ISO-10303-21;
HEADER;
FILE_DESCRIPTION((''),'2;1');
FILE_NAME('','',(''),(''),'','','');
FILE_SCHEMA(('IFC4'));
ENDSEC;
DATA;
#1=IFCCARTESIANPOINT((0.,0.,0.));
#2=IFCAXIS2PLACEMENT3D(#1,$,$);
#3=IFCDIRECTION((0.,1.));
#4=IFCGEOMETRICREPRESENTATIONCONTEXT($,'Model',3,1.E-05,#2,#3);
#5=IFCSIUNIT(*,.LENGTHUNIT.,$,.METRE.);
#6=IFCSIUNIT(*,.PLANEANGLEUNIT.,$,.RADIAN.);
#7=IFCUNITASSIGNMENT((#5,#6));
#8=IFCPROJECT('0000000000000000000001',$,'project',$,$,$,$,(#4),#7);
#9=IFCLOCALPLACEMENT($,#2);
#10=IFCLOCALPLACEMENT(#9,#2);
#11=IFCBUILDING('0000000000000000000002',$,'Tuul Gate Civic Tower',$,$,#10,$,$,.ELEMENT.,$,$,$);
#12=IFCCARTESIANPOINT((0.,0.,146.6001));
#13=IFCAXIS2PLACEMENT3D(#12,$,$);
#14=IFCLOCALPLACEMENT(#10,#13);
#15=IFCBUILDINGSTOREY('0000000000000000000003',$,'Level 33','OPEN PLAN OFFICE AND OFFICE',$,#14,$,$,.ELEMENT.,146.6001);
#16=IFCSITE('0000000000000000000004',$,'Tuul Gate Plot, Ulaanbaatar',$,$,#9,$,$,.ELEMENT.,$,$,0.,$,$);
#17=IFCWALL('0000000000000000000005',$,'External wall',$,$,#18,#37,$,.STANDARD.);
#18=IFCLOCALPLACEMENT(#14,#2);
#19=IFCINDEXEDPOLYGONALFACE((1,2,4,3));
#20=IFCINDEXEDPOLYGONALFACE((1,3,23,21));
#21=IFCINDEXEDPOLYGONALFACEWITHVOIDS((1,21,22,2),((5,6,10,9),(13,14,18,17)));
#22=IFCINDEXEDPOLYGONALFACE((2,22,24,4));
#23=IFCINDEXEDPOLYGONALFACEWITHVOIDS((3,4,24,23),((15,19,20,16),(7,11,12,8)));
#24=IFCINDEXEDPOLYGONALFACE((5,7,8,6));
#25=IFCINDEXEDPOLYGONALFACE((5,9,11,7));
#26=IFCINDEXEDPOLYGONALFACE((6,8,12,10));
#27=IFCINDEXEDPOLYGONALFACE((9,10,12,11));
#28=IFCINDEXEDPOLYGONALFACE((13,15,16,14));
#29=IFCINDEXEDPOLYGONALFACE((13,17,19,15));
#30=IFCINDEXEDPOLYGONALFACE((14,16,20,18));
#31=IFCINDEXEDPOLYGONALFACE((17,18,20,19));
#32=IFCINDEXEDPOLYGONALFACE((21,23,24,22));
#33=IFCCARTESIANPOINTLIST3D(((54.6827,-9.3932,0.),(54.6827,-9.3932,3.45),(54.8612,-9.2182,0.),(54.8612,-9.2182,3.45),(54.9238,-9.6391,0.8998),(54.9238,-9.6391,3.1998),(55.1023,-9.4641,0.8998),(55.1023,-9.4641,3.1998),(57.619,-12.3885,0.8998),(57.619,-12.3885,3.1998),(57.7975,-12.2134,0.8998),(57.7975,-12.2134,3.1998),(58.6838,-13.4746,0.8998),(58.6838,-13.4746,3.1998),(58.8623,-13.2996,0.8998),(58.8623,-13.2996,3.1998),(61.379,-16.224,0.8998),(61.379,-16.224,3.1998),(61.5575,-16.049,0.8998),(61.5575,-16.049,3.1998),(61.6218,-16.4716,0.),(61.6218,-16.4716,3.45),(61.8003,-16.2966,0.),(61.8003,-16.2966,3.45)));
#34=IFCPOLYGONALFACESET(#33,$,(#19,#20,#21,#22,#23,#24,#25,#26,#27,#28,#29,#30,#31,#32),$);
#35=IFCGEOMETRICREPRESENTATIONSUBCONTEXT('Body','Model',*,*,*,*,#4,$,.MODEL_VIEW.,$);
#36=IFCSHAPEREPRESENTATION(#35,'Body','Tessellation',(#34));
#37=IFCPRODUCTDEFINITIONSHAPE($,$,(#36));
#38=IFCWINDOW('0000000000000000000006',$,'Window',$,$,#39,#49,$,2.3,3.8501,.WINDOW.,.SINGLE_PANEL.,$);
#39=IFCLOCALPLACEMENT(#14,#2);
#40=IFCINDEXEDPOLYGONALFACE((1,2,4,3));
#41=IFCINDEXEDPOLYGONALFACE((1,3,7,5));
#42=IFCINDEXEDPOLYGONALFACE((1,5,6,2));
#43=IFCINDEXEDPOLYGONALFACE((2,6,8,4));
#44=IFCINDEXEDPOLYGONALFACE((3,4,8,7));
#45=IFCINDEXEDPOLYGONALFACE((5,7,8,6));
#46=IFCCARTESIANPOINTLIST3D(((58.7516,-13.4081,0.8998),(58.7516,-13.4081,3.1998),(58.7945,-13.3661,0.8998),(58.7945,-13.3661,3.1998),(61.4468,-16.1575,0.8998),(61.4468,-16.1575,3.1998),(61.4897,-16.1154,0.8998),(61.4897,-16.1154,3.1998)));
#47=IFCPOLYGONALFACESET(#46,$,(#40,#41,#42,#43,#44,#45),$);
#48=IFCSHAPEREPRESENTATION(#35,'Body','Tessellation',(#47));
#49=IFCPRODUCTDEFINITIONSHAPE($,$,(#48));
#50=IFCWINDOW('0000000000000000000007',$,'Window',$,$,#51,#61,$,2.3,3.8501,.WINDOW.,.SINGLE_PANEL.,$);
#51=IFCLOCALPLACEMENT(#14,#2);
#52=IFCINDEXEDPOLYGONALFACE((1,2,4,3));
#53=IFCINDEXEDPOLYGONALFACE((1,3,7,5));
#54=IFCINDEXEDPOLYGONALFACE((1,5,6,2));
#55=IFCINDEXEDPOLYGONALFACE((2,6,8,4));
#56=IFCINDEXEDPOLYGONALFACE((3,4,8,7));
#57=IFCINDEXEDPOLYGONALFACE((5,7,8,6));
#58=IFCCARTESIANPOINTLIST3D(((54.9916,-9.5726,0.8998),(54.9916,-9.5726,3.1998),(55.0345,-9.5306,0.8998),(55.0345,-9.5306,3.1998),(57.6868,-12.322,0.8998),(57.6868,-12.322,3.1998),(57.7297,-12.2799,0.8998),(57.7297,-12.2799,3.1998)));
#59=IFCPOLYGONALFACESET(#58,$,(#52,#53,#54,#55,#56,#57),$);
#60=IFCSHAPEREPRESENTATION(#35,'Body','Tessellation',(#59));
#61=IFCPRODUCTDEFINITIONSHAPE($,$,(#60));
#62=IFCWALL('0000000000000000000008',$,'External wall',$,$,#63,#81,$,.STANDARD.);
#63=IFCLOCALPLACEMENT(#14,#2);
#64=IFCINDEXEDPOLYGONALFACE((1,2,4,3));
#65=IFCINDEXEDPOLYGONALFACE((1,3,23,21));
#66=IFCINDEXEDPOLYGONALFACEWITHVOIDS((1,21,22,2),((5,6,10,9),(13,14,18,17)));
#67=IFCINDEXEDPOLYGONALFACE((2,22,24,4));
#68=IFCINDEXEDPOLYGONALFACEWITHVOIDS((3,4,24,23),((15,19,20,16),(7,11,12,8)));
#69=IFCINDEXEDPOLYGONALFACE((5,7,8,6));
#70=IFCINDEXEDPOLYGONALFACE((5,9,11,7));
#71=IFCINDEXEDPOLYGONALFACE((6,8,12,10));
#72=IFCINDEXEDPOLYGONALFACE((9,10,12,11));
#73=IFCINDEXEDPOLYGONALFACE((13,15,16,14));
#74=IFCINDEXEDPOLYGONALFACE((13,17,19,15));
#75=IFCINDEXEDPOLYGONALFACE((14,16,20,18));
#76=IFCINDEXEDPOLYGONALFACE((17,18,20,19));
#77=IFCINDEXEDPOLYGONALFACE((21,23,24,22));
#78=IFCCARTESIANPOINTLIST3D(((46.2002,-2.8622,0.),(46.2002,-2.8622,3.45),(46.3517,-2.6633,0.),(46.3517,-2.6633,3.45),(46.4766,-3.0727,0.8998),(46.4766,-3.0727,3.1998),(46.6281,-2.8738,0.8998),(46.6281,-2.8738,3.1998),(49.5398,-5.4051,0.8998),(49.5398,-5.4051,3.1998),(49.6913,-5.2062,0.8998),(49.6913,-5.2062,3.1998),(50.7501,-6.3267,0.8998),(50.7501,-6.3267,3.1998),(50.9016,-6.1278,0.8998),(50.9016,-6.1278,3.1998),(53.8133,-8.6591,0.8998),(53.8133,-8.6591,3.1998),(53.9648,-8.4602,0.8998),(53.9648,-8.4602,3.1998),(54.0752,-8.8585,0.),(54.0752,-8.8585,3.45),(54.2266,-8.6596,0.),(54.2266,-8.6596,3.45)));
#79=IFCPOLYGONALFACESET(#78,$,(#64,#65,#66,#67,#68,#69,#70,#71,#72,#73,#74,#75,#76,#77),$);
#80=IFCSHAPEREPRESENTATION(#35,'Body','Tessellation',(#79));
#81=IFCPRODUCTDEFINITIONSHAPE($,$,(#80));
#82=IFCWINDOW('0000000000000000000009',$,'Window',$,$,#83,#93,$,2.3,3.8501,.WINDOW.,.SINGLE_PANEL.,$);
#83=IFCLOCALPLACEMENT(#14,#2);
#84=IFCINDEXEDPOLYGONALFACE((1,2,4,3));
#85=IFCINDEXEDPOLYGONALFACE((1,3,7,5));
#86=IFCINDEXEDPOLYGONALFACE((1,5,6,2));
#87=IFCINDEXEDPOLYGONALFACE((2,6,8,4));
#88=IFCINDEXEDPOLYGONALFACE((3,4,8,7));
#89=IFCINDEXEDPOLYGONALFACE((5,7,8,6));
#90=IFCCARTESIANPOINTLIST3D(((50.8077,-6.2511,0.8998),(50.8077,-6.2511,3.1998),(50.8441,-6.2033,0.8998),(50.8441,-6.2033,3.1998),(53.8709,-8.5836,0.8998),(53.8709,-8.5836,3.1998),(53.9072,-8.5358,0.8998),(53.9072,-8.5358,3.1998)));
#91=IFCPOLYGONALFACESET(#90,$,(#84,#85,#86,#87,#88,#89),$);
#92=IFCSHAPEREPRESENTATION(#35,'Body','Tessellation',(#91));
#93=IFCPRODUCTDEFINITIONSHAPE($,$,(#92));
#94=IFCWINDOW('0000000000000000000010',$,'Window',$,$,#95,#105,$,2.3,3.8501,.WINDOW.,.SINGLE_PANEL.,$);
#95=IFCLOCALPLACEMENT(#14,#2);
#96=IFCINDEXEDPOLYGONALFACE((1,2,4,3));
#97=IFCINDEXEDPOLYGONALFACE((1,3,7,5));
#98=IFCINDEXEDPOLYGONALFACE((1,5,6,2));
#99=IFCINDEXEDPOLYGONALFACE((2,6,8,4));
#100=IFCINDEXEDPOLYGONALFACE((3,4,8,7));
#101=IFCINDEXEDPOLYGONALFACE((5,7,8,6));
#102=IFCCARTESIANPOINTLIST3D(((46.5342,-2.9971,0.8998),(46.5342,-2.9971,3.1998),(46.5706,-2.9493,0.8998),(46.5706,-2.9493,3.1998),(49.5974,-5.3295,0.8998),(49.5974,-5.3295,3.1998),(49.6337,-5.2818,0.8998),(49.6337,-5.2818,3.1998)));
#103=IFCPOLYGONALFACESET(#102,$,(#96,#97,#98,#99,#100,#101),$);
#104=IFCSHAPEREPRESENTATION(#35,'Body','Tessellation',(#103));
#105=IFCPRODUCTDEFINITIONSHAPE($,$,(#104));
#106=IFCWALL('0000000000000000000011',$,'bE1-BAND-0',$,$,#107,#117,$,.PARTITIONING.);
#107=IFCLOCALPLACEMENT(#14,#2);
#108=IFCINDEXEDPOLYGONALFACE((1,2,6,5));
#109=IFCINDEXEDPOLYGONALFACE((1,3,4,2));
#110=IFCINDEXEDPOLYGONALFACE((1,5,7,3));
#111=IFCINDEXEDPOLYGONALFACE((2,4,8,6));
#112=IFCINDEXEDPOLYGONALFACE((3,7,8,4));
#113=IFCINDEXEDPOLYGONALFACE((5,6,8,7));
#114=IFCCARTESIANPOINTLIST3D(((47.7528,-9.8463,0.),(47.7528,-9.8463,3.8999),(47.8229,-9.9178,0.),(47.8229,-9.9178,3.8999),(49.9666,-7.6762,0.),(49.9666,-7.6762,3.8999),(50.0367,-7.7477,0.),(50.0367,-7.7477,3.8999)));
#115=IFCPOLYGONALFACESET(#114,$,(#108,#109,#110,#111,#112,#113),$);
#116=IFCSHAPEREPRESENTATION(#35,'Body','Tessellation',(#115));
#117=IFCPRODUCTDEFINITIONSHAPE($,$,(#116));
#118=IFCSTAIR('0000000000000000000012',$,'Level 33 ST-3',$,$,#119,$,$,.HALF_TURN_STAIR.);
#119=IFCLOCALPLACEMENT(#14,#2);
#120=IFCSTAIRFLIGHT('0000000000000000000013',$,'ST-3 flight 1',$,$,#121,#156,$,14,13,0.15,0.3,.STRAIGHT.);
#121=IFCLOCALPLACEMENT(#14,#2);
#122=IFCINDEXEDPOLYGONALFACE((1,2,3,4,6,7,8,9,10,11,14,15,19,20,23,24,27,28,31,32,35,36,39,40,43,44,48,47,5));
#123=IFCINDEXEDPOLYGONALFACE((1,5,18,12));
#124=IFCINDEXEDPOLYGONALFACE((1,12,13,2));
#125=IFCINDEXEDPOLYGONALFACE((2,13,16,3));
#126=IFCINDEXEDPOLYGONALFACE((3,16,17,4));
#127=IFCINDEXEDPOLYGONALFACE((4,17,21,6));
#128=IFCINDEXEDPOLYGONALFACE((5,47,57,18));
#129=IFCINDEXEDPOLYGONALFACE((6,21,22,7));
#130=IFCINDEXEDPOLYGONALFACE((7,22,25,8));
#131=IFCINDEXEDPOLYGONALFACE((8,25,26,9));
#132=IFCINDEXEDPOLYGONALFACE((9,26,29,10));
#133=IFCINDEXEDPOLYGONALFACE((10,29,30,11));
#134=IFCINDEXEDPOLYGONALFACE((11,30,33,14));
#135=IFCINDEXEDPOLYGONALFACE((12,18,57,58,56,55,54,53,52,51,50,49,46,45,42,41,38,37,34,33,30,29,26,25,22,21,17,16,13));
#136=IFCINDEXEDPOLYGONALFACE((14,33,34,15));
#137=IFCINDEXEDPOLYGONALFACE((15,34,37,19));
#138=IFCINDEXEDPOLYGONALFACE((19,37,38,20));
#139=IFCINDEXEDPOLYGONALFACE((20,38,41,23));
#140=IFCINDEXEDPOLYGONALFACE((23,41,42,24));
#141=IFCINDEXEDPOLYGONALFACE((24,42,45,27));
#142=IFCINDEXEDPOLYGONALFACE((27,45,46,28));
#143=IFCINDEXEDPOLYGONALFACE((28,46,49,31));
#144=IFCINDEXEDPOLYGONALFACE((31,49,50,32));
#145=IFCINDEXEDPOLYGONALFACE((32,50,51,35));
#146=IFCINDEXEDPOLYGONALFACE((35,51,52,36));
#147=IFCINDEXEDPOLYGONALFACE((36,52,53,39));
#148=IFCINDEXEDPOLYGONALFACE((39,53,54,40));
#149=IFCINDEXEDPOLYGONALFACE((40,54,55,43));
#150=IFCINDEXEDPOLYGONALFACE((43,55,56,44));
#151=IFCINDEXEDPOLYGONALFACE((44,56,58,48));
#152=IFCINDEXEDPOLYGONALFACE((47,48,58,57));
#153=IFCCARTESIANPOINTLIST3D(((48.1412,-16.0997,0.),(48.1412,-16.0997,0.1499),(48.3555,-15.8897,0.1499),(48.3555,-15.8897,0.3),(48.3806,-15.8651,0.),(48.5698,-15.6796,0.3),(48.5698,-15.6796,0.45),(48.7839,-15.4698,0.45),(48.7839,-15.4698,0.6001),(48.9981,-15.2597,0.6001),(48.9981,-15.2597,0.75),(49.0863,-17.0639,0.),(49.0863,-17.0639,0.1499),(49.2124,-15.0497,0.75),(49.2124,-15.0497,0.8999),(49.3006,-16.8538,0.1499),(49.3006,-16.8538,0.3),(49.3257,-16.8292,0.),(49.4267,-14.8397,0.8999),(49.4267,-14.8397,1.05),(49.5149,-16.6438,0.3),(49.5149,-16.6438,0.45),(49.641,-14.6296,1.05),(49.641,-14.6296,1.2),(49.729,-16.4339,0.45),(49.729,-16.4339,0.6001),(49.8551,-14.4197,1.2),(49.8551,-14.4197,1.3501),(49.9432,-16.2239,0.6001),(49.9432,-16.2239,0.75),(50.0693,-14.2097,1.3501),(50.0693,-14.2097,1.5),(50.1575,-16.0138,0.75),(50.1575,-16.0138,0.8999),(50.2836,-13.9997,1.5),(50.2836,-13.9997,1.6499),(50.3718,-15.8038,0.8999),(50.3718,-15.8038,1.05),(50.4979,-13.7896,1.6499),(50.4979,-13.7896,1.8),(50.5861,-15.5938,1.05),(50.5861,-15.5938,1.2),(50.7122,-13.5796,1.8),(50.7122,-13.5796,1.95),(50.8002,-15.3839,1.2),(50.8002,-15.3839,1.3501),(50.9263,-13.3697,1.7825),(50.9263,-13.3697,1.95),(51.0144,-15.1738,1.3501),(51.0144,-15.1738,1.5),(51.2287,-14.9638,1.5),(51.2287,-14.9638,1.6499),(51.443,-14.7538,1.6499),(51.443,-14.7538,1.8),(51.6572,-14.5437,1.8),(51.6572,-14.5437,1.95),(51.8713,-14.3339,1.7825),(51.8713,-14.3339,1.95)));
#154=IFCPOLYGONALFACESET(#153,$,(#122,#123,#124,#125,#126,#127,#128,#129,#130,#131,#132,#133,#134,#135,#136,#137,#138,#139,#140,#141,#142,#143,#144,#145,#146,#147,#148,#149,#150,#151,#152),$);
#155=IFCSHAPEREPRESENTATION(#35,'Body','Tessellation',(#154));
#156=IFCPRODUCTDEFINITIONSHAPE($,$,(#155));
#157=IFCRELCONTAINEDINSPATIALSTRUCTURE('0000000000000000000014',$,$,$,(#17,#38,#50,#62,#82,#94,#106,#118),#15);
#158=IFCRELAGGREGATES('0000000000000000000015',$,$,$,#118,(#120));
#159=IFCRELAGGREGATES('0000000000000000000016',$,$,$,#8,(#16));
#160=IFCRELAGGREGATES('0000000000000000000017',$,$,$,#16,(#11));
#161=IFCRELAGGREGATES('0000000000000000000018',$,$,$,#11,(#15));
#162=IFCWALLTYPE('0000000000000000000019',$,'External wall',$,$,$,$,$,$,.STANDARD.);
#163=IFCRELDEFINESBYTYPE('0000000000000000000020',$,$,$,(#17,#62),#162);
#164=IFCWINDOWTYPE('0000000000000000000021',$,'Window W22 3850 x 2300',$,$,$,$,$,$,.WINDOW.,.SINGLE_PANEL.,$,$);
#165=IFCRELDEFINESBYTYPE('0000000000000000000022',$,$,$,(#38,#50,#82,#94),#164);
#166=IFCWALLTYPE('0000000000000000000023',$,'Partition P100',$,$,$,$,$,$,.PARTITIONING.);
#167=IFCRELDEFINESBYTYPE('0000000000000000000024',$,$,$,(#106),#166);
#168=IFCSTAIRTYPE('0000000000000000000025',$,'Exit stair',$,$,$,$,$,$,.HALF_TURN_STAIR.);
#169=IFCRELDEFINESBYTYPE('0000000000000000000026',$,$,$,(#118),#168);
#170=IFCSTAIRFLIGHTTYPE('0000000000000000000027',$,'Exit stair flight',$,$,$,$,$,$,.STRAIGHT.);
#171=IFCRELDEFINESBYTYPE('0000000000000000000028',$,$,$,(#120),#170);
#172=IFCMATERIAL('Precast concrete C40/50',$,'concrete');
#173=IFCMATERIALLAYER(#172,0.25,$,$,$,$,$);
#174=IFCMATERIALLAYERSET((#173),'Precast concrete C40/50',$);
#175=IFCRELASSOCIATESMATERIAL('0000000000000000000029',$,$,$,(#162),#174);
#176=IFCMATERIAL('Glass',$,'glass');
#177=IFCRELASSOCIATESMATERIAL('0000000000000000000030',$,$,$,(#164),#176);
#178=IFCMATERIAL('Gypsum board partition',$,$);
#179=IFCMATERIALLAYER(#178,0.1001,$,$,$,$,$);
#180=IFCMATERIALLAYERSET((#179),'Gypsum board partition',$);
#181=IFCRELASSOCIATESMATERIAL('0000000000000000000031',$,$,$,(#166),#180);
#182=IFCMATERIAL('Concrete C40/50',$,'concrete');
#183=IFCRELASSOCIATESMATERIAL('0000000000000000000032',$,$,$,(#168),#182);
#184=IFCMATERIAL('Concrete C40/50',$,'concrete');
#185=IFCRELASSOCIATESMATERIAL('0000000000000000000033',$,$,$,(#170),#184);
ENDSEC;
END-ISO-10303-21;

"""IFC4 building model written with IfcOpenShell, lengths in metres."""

from ifc_helpers import new_model, si_unit, direction, frame, frame_2d, origin, place, context, subcontext, project, spatial, polyline, rectangle, outline, extrude, material, layer, layer_set, type_object, element, fill, aggregate, save


model = new_model("IFC4")

# Units and contexts
model_context = context("Model", 3, precision=1e-05, world=origin(), true_north=direction((0.0, 1.0)))
body_context = subcontext(model_context, "Body", "Model", "MODEL_VIEW")
ifc_project = project(units=[si_unit("LENGTHUNIT", "METRE"), si_unit("PLANEANGLEUNIT", "RADIAN")], contexts=[model_context])

# Site, building, storey
site_placement = place(None, origin())
site = spatial("IfcSite", under=ifc_project, at=site_placement, Name="Tuul Gate Plot, Ulaanbaatar", CompositionType="ELEMENT", RefElevation=0.0)
building_placement = place(site_placement, origin())
building = spatial("IfcBuilding", under=site, at=building_placement, Name="Tuul Gate Civic Tower", CompositionType="ELEMENT")
storey_placement = place(building_placement, frame((0.0, 0.0, 146.6001)))
storey = spatial("IfcBuildingStorey", under=building, at=storey_placement, Name="Level 33", Description="OPEN PLAN OFFICE AND OFFICE", CompositionType="ELEMENT", Elevation=146.6001)

# Walls, openings, windows
ifc_material_1 = material(Name="Precast concrete C40/50", Category="concrete")
ifc_layer_1 = layer(ifc_material_1, 0.25)
ifc_layer_set_1 = layer_set([ifc_layer_1], Name="Precast concrete C40/50")
wall_type_1 = type_object("IfcWallType", Name="External wall", PredefinedType="STANDARD", material=ifc_layer_set_1)
wall_1_placement = place(storey_placement, frame((61.7109, -16.384, 0.0), z_axis=(0.0, 0.0, 1.0), x_axis=(-0.70004, 0.714104, 0.0)))
wall_1 = element("IfcWall", 1, at=wall_1_placement, inside=storey, type_object=wall_type_1, Name="External wall", PredefinedType="STANDARD", context=body_context, shape_type="SweptSolid", body=[
    extrude(rectangle(XDim=9.9124, YDim=0.25, at=frame_2d((4.9561, 0.0))), origin(), (0.0, 0.0, 1.0), 3.45),
])
opening_1_placement = place(wall_1_placement, frame((0.3467, 0.0, 0.8999)))
opening_1 = element("IfcOpeningElement", 2, at=opening_1_placement, cuts=wall_1, PredefinedType="OPENING", context=body_context, shape_type="SweptSolid", body=[
    extrude(rectangle(XDim=3.8501, YDim=2.3, at=frame_2d((1.925, 1.1499))), frame((0.0, 0.135, 0.0), z_axis=(0.0, -1.0, 0.0), x_axis=(1.0, 0.0, 0.0)), (0.0, 0.0, 1.0), 0.27),
])
opening_2_placement = place(wall_1_placement, frame((5.7178, 0.0, 0.8999)))
opening_2 = element("IfcOpeningElement", 3, at=opening_2_placement, cuts=wall_1, PredefinedType="OPENING", context=body_context, shape_type="SweptSolid", body=[
    extrude(rectangle(XDim=3.8501, YDim=2.3, at=frame_2d((1.925, 1.1499))), frame((0.0, 0.135, 0.0), z_axis=(0.0, -1.0, 0.0), x_axis=(1.0, 0.0, 0.0)), (0.0, 0.0, 1.0), 0.27),
])
ifc_material_2 = material(Name="Glass", Category="glass")
window_type = type_object("IfcWindowType", Name="Window W22 3850 x 2300", PartitioningType="SINGLE_PANEL", PredefinedType="WINDOW", material=ifc_material_2)
window_1_placement = place(opening_1_placement, origin())
window_1 = element("IfcWindow", 4, at=window_1_placement, inside=storey, type_object=window_type, Name="Window", OverallHeight=2.3, OverallWidth=3.8501, PartitioningType="SINGLE_PANEL", PredefinedType="WINDOW", context=body_context, shape_type="SweptSolid", body=[
    extrude(rectangle(XDim=3.8501, YDim=2.3, at=frame_2d((1.925, 1.1499))), frame((0.0, 0.03, 0.0), z_axis=(0.0, -1.0, 0.0), x_axis=(1.0, 0.0, 0.0)), (0.0, 0.0, 1.0), 0.0601),
])
fill(opening_1, window_1)
window_2_placement = place(opening_2_placement, origin())
window_2 = element("IfcWindow", 5, at=window_2_placement, inside=storey, type_object=window_type, Name="Window", OverallHeight=2.3, OverallWidth=3.8501, PartitioningType="SINGLE_PANEL", PredefinedType="WINDOW", context=body_context, shape_type="SweptSolid", body=[
    extrude(rectangle(XDim=3.8501, YDim=2.3, at=frame_2d((1.925, 1.1499))), frame((0.0, 0.03, 0.0), z_axis=(0.0, -1.0, 0.0), x_axis=(1.0, 0.0, 0.0)), (0.0, 0.0, 1.0), 0.0601),
])
fill(opening_2, window_2)
wall_2_placement = place(storey_placement, frame((54.1509, -8.759, 0.0), z_axis=(0.0, 0.0, 1.0), x_axis=(-0.79561, 0.605809, 0.0)))
wall_2 = element("IfcWall", 6, at=wall_2_placement, inside=storey, type_object=wall_type_1, Name="External wall", PredefinedType="STANDARD", context=body_context, shape_type="SweptSolid", body=[
    extrude(rectangle(XDim=9.8979, YDim=0.25, at=frame_2d((4.949, 0.0))), origin(), (0.0, 0.0, 1.0), 3.45),
])
opening_3_placement = place(wall_2_placement, frame((0.3291, 0.0, 0.8999)))
opening_3 = element("IfcOpeningElement", 7, at=opening_3_placement, cuts=wall_2, PredefinedType="OPENING", context=body_context, shape_type="SweptSolid", body=[
    extrude(rectangle(XDim=3.8501, YDim=2.3, at=frame_2d((1.925, 1.1499))), frame((0.0, 0.135, 0.0), z_axis=(0.0, -1.0, 0.0), x_axis=(1.0, 0.0, 0.0)), (0.0, 0.0, 1.0), 0.27),
])
opening_4_placement = place(wall_2_placement, frame((5.7004, 0.0, 0.8999)))
opening_4 = element("IfcOpeningElement", 8, at=opening_4_placement, cuts=wall_2, PredefinedType="OPENING", context=body_context, shape_type="SweptSolid", body=[
    extrude(rectangle(XDim=3.8501, YDim=2.3, at=frame_2d((1.925, 1.1499))), frame((0.0, 0.135, 0.0), z_axis=(0.0, -1.0, 0.0), x_axis=(1.0, 0.0, 0.0)), (0.0, 0.0, 1.0), 0.27),
])
window_3_placement = place(opening_3_placement, origin())
window_3 = element("IfcWindow", 9, at=window_3_placement, inside=storey, type_object=window_type, Name="Window", OverallHeight=2.3, OverallWidth=3.8501, PartitioningType="SINGLE_PANEL", PredefinedType="WINDOW", context=body_context, shape_type="SweptSolid", body=[
    extrude(rectangle(XDim=3.8501, YDim=2.3, at=frame_2d((1.925, 1.1499))), frame((0.0, 0.03, 0.0), z_axis=(0.0, -1.0, 0.0), x_axis=(1.0, 0.0, 0.0)), (0.0, 0.0, 1.0), 0.0601),
])
fill(opening_3, window_3)
window_4_placement = place(opening_4_placement, origin())
window_4 = element("IfcWindow", 10, at=window_4_placement, inside=storey, type_object=window_type, Name="Window", OverallHeight=2.3, OverallWidth=3.8501, PartitioningType="SINGLE_PANEL", PredefinedType="WINDOW", context=body_context, shape_type="SweptSolid", body=[
    extrude(rectangle(XDim=3.8501, YDim=2.3, at=frame_2d((1.925, 1.1499))), frame((0.0, 0.03, 0.0), z_axis=(0.0, -1.0, 0.0), x_axis=(1.0, 0.0, 0.0)), (0.0, 0.0, 1.0), 0.0601),
])
fill(opening_4, window_4)

# Wall
ifc_material_3 = material(Name="Gypsum board partition")
ifc_layer_2 = layer(ifc_material_3, 0.1001)
ifc_layer_set_2 = layer_set([ifc_layer_2], Name="Gypsum board partition")
wall_type_2 = type_object("IfcWallType", Name="Partition P100", PredefinedType="PARTITIONING", material=ifc_layer_set_2)
wall_3_placement = place(storey_placement, frame((47.7878, -9.8821, 0.0), z_axis=(0.0, 0.0, 1.0), x_axis=(0.71412, 0.700023, 0.0)))
element("IfcWall", 11, at=wall_3_placement, inside=storey, type_object=wall_type_2, Name="bE1-BAND-0", PredefinedType="PARTITIONING", context=body_context, shape_type="SweptSolid", body=[
    extrude(rectangle(XDim=3.1001, YDim=0.1001, at=frame_2d((1.55, 0.0))), origin(), (0.0, 0.0, 1.0), 3.8999),
])

# Stair, stair flight
ifc_material_4 = material(Name="Concrete C40/50", Category="concrete")
stair_type = type_object("IfcStairType", Name="Exit stair", PredefinedType="HALF_TURN_STAIR", material=ifc_material_4)
stair_placement = place(storey_placement, origin())
stair = element("IfcStair", 12, at=stair_placement, inside=storey, type_object=stair_type, Name="Level 33 ST-3", PredefinedType="HALF_TURN_STAIR")
ifc_material_5 = material(Name="Concrete C40/50", Category="concrete")
stair_flight_type = type_object("IfcStairFlightType", Name="Exit stair flight", PredefinedType="STRAIGHT", material=ifc_material_5)
stair_flight_1_placement = place(storey_placement, frame((48.6138, -16.5818, 0.0), z_axis=(0.0, 0.0, 1.0), x_axis=(0.714127, 0.700016, 0.0)))
stair_flight_1 = element("IfcStairFlight", 13, at=stair_flight_1_placement, type_object=stair_flight_type, Name="ST-3 flight 1", NumberOfRisers=14, NumberOfTreads=13, PredefinedType="STRAIGHT", RiserHeight=0.15, TreadLength=0.3, context=body_context, shape_type="SweptSolid", body=[
    extrude(outline(polyline([(0.0, 0.0), (0.0, 0.1499), (0.3, 0.1499), (0.3, 0.3), (0.6001, 0.3), (0.6001, 0.45), (0.8999, 0.45), (0.8999, 0.6001), (1.2, 0.6001), (1.2, 0.75), (1.5, 0.75), (1.5, 0.8999), (1.8, 0.8999), (1.8, 1.05), (2.1001, 1.05), (2.1001, 1.2), (2.3999, 1.2), (2.3999, 1.3501), (2.7, 1.3501), (2.7, 1.5), (3.0, 1.5), (3.0, 1.6499), (3.3, 1.6499), (3.3, 1.8), (3.6001, 1.8), (3.6001, 1.95), (3.8999, 1.95), (3.8999, 2.1001), (3.8999, 1.7825), (0.3352, 0.0), (0.0, 0.0)])), frame((0.0, 0.675, 0.0), z_axis=(0.0, -1.0, 0.0), x_axis=(1.0, 0.0, 0.0)), (0.0, 0.0, 1.0), 1.3501),
])
aggregate(stair, [stair_flight_1])

save(model, "model.ifc")
